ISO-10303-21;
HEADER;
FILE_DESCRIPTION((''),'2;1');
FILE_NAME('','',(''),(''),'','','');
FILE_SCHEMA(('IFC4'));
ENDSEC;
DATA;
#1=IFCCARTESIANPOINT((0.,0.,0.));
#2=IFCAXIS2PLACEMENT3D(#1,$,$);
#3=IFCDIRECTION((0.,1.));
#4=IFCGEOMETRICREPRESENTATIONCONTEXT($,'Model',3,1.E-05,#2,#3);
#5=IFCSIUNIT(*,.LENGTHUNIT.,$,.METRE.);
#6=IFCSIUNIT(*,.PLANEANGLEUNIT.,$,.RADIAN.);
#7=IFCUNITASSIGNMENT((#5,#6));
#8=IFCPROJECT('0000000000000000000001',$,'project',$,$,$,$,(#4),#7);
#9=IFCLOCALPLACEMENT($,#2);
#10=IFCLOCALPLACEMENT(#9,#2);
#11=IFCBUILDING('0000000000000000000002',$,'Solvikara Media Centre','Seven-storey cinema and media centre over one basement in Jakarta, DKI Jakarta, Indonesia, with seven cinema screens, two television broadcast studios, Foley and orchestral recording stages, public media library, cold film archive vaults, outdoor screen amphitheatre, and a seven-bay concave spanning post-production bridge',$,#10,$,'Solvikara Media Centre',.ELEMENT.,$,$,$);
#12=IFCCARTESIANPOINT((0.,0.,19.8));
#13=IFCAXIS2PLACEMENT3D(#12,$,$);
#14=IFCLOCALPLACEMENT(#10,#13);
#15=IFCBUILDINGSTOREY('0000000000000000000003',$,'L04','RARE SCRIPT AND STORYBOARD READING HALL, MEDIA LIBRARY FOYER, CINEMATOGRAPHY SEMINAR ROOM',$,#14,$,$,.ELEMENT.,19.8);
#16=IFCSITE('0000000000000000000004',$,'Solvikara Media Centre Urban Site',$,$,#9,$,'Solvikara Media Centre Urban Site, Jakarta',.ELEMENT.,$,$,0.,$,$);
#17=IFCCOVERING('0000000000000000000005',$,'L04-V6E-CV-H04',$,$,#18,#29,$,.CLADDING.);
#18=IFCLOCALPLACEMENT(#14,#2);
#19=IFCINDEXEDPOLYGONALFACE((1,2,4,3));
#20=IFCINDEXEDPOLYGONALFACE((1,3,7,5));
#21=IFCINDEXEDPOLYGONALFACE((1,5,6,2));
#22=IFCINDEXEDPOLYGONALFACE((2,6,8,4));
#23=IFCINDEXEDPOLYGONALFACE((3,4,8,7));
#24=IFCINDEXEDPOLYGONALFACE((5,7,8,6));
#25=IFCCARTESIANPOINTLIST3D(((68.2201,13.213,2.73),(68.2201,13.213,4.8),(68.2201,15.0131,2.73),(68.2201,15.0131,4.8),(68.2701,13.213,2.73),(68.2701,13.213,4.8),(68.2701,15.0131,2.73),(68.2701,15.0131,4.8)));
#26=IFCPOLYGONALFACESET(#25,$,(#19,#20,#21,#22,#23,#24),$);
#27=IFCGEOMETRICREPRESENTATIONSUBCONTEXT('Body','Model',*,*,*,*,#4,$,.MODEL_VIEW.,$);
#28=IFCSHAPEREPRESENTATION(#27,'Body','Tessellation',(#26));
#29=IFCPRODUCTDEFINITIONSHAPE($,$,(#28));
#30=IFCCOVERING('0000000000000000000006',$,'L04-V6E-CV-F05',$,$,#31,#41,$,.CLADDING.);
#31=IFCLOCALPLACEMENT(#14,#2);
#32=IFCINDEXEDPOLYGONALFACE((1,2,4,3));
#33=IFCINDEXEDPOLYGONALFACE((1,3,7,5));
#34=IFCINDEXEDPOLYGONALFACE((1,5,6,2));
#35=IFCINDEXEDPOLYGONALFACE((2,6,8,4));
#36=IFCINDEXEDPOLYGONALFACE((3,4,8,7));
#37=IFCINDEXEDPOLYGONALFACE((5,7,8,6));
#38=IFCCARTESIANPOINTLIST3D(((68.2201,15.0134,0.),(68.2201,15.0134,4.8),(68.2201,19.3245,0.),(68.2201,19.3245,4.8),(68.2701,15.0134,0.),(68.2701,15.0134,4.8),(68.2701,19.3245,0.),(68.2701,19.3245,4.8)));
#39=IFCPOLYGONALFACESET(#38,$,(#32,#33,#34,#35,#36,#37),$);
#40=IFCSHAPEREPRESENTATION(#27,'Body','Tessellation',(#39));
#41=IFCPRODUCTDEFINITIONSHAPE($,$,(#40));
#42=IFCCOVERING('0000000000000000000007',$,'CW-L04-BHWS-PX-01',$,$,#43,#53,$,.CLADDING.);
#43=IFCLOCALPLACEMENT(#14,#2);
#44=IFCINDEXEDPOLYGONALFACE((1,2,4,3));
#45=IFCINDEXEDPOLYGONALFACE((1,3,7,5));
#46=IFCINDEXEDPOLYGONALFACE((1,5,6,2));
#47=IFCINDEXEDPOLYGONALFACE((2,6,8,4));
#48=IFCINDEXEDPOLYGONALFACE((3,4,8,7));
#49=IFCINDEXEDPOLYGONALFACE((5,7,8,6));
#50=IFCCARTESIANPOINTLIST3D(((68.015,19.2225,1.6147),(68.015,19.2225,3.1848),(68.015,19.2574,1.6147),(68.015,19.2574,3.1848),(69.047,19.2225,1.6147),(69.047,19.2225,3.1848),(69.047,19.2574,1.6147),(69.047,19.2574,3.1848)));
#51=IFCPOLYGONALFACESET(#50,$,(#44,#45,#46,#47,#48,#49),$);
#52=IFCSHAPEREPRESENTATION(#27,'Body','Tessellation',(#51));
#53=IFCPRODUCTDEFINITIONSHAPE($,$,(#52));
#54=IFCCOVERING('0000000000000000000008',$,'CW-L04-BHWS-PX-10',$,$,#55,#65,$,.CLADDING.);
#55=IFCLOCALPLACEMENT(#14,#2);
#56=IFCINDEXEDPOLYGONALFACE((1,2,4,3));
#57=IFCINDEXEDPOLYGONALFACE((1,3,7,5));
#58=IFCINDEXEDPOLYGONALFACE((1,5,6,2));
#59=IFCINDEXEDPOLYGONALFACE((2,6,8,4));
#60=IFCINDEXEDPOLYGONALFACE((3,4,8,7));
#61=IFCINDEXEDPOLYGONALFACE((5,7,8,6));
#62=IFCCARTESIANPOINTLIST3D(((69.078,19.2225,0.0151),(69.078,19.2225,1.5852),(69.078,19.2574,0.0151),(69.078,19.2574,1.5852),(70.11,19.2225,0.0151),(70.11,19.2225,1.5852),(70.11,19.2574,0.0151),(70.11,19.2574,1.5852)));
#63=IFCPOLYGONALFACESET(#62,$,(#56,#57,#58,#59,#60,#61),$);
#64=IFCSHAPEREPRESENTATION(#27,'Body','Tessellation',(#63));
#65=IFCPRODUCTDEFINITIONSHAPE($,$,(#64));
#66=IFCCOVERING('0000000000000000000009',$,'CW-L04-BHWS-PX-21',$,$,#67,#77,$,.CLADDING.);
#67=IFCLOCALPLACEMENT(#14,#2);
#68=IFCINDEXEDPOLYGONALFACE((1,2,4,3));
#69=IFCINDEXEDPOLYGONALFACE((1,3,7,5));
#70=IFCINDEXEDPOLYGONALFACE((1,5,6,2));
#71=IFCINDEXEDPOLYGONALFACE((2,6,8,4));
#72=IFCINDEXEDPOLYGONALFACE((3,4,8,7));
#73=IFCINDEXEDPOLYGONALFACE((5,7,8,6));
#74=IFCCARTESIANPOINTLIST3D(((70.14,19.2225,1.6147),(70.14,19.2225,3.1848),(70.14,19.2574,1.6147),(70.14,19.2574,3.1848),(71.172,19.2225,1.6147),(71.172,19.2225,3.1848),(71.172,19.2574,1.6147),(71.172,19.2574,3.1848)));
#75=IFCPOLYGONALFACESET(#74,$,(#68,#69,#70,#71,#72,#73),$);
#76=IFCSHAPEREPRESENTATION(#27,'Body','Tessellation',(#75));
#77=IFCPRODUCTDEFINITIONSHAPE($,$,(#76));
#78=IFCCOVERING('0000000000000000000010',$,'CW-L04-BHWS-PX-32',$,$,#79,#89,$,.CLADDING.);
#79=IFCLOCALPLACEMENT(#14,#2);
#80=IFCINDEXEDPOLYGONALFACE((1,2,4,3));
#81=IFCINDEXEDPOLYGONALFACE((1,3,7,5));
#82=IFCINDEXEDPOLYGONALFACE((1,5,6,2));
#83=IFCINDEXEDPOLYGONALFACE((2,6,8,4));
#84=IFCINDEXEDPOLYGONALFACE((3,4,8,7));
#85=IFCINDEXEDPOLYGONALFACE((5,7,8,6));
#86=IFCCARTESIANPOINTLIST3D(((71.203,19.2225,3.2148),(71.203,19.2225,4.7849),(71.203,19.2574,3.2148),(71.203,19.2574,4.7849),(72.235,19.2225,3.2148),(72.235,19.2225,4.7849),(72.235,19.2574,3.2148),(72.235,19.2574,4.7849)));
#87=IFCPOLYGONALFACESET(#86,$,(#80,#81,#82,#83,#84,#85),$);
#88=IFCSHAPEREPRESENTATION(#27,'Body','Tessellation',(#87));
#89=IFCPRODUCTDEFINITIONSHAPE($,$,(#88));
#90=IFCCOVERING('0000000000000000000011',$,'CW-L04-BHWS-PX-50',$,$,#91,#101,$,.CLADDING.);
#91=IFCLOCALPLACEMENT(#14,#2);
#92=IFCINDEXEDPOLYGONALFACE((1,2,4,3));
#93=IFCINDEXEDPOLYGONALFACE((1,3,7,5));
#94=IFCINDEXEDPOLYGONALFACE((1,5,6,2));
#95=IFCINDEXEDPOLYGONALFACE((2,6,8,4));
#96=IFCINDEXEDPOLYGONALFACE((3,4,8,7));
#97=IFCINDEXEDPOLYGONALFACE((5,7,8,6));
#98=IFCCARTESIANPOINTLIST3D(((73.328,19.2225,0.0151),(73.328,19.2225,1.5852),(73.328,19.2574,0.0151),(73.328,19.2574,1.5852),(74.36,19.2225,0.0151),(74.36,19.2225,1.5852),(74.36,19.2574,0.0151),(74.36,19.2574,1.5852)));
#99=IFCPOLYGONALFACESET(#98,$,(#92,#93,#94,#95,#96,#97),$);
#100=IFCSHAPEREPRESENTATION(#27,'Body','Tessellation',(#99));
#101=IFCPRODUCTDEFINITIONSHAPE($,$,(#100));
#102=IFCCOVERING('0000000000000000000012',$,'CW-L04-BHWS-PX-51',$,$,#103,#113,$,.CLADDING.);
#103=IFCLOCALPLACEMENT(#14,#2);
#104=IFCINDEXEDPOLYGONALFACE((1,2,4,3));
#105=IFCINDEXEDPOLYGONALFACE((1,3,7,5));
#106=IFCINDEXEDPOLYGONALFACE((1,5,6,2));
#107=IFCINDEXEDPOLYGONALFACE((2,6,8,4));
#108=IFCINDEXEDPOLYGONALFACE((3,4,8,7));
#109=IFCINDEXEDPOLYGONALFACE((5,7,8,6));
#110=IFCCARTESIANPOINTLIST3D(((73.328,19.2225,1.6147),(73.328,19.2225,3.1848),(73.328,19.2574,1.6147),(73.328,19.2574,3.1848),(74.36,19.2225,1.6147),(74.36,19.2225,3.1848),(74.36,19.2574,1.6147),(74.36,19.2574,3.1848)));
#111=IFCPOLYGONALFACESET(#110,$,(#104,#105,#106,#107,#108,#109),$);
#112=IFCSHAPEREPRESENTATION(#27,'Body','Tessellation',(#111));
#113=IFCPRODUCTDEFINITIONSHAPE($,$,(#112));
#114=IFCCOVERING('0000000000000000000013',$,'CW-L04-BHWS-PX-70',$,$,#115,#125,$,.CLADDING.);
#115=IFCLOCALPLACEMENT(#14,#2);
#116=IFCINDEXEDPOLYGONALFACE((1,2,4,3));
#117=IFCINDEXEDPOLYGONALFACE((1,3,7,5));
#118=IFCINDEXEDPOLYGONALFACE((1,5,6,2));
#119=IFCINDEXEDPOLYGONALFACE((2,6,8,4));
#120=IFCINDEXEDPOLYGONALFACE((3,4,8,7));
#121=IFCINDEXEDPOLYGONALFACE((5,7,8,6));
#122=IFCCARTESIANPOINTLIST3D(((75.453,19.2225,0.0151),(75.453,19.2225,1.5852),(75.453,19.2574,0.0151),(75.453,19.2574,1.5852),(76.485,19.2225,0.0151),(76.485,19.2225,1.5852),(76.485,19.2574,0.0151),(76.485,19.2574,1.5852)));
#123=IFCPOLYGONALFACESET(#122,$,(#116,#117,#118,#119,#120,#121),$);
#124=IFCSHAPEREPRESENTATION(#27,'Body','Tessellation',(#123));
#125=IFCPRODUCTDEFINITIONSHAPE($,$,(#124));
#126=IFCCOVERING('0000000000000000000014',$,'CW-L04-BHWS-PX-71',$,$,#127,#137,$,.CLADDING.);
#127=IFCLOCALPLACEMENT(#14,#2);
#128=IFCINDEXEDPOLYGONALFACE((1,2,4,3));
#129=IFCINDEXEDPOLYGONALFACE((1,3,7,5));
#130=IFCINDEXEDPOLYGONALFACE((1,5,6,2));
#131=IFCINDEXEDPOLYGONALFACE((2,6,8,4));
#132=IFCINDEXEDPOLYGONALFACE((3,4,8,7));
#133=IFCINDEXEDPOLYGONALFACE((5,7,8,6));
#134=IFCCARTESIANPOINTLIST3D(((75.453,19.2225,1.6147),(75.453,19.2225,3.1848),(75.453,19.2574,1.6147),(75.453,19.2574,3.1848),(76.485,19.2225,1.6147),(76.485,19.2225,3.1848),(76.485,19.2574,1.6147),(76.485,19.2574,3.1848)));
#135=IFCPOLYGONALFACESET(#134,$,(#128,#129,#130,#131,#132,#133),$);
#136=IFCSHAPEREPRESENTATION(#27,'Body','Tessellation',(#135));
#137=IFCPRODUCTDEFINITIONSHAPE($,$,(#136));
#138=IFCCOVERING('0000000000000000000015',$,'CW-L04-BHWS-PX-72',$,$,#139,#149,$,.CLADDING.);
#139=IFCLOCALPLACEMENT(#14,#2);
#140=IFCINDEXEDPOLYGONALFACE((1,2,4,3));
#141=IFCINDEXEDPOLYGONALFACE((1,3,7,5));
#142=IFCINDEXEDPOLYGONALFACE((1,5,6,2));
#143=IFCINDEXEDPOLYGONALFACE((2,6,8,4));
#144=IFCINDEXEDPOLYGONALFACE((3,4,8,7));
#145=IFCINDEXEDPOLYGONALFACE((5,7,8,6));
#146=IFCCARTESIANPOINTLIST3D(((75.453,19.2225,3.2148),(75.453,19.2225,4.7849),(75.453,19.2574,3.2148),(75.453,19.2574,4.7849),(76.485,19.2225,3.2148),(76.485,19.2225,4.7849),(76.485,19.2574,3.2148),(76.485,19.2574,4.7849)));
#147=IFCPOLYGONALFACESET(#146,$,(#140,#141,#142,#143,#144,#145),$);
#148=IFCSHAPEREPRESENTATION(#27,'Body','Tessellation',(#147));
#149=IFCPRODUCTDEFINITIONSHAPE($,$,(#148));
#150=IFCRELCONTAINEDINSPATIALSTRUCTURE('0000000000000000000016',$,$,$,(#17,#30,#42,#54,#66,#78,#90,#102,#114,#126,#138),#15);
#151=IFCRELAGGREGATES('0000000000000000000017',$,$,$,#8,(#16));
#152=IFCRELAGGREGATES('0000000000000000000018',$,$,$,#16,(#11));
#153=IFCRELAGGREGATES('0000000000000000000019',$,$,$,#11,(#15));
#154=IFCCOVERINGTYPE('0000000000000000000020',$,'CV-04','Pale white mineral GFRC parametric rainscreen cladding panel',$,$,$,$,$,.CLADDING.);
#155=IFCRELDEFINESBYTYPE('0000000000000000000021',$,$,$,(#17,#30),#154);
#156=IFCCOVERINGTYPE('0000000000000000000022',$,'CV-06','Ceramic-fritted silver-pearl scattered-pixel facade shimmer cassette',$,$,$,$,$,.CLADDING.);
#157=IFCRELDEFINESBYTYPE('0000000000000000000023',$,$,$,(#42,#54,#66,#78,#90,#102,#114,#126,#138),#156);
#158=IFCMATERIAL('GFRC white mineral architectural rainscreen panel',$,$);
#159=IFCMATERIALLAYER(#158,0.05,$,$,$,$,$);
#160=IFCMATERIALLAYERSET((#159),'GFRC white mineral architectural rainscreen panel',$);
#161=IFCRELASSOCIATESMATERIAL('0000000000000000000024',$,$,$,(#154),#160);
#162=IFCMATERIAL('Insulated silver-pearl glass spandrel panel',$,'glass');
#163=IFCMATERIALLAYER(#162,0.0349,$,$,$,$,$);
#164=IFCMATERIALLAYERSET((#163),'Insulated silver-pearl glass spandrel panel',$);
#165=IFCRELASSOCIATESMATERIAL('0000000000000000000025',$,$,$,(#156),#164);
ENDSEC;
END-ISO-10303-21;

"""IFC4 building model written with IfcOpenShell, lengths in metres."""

from ifc_helpers import new_model, si_unit, direction, frame, origin, origin_2d, place, context, subcontext, project, spatial, rectangle, extrude, material, layer, layer_set, type_object, element, save


model = new_model("IFC4")

# Units and contexts
model_context = context("Model", 3, precision=1e-05, world=origin(), true_north=direction((0.0, 1.0)))
body_context = subcontext(model_context, "Body", "Model", "MODEL_VIEW")
ifc_project = project(units=[si_unit("LENGTHUNIT", "METRE"), si_unit("PLANEANGLEUNIT", "RADIAN")], contexts=[model_context])

# Site, building, storey
site_placement = place(None, origin())
site = spatial("IfcSite", under=ifc_project, at=site_placement, Name="Solvikara Media Centre Urban Site", LongName="Solvikara Media Centre Urban Site, Jakarta", CompositionType="ELEMENT", RefElevation=0.0)
building_placement = place(site_placement, origin())
building = spatial("IfcBuilding", under=site, at=building_placement, Name="Solvikara Media Centre", Description="Seven-storey cinema and media centre over one basement in Jakarta, DKI Jakarta, Indonesia, with seven cinema screens, two television broadcast studios, Foley and orchestral recording stages, public media library, cold film archive vaults, outdoor screen amphitheatre, and a seven-bay concave spanning post-production bridge", LongName="Solvikara Media Centre", CompositionType="ELEMENT")
storey_placement = place(building_placement, frame((0.0, 0.0, 19.8)))
storey = spatial("IfcBuildingStorey", under=building, at=storey_placement, Name="L04", Description="RARE SCRIPT AND STORYBOARD READING HALL, MEDIA LIBRARY FOYER, CINEMATOGRAPHY SEMINAR ROOM", CompositionType="ELEMENT", Elevation=19.8)

# Coverings
ifc_material_1 = material(Name="GFRC white mineral architectural rainscreen panel")
ifc_layer_1 = layer(ifc_material_1, 0.05)
ifc_layer_set_1 = layer_set([ifc_layer_1], Name="GFRC white mineral architectural rainscreen panel")
covering_type_1 = type_object("IfcCoveringType", Name="CV-04", Description="Pale white mineral GFRC parametric rainscreen cladding panel", PredefinedType="CLADDING", material=ifc_layer_set_1)
covering_1_placement = place(storey_placement, frame((68.2451, 14.113, 2.73), z_axis=(0.0, 0.0, 1.0), x_axis=(0.0, 1.0, 0.0)))
element("IfcCovering", 1, at=covering_1_placement, inside=storey, type_object=covering_type_1, Name="L04-V6E-CV-H04", PredefinedType="CLADDING", context=body_context, shape_type="SweptSolid", body=[
    extrude(rectangle(XDim=1.8, YDim=0.05, at=origin_2d()), origin(), (0.0, 0.0, 1.0), 2.0701),
])
covering_2_placement = place(storey_placement, frame((68.2451, 17.1689, 0.0), z_axis=(0.0, 0.0, 1.0), x_axis=(0.0, 1.0, 0.0)))
element("IfcCovering", 2, at=covering_2_placement, inside=storey, type_object=covering_type_1, Name="L04-V6E-CV-F05", PredefinedType="CLADDING", context=body_context, shape_type="SweptSolid", body=[
    extrude(rectangle(XDim=4.311, YDim=0.05, at=origin_2d()), origin(), (0.0, 0.0, 1.0), 4.8),
])
ifc_material_2 = material(Name="Insulated silver-pearl glass spandrel panel", Category="glass")
ifc_layer_2 = layer(ifc_material_2, 0.0349)
ifc_layer_set_2 = layer_set([ifc_layer_2], Name="Insulated silver-pearl glass spandrel panel")
covering_type_2 = type_object("IfcCoveringType", Name="CV-06", Description="Ceramic-fritted silver-pearl scattered-pixel facade shimmer cassette", PredefinedType="CLADDING", material=ifc_layer_set_2)
for number, where, z_axis, x_axis, name in (
    (3, (68.531, 19.24, 1.6147), (0.0, 0.0, 1.0), (1.0, 0.0, 0.0), "CW-L04-BHWS-PX-01"),
    (4, (69.594, 19.24, 0.0151), (0.0, 0.0, 1.0), (1.0, 0.0, 0.0), "CW-L04-BHWS-PX-10"),
    (5, (70.656, 19.24, 1.6147), (0.0, 0.0, 1.0), (1.0, 0.0, 0.0), "CW-L04-BHWS-PX-21"),
    (6, (71.719, 19.24, 3.2148), (0.0, 0.0, 1.0), (1.0, 0.0, 0.0), "CW-L04-BHWS-PX-32"),
    (7, (73.844, 19.24, 0.0151), (0.0, 0.0, 1.0), (1.0, 0.0, 0.0), "CW-L04-BHWS-PX-50"),
    (8, (73.844, 19.24, 1.6147), (0.0, 0.0, 1.0), (1.0, 0.0, 0.0), "CW-L04-BHWS-PX-51"),
    (9, (75.969, 19.24, 0.0151), (0.0, 0.0, 1.0), (1.0, 0.0, 0.0), "CW-L04-BHWS-PX-70"),
    (10, (75.969, 19.24, 1.6147), (0.0, 0.0, 1.0), (1.0, 0.0, 0.0), "CW-L04-BHWS-PX-71"),
    (11, (75.969, 19.24, 3.2148), (0.0, 0.0, 1.0), (1.0, 0.0, 0.0), "CW-L04-BHWS-PX-72"),
):
    element("IfcCovering", number, at=place(storey_placement, frame(where, z_axis=z_axis, x_axis=x_axis)), inside=storey, type_object=covering_type_2, Name=name, PredefinedType="CLADDING", context=body_context, shape_type="SweptSolid", body=[
        extrude(rectangle(XDim=1.032, YDim=0.0349, at=origin_2d()), origin(), (0.0, 0.0, 1.0), 1.5701),
    ])

save(model, "model.ifc")
